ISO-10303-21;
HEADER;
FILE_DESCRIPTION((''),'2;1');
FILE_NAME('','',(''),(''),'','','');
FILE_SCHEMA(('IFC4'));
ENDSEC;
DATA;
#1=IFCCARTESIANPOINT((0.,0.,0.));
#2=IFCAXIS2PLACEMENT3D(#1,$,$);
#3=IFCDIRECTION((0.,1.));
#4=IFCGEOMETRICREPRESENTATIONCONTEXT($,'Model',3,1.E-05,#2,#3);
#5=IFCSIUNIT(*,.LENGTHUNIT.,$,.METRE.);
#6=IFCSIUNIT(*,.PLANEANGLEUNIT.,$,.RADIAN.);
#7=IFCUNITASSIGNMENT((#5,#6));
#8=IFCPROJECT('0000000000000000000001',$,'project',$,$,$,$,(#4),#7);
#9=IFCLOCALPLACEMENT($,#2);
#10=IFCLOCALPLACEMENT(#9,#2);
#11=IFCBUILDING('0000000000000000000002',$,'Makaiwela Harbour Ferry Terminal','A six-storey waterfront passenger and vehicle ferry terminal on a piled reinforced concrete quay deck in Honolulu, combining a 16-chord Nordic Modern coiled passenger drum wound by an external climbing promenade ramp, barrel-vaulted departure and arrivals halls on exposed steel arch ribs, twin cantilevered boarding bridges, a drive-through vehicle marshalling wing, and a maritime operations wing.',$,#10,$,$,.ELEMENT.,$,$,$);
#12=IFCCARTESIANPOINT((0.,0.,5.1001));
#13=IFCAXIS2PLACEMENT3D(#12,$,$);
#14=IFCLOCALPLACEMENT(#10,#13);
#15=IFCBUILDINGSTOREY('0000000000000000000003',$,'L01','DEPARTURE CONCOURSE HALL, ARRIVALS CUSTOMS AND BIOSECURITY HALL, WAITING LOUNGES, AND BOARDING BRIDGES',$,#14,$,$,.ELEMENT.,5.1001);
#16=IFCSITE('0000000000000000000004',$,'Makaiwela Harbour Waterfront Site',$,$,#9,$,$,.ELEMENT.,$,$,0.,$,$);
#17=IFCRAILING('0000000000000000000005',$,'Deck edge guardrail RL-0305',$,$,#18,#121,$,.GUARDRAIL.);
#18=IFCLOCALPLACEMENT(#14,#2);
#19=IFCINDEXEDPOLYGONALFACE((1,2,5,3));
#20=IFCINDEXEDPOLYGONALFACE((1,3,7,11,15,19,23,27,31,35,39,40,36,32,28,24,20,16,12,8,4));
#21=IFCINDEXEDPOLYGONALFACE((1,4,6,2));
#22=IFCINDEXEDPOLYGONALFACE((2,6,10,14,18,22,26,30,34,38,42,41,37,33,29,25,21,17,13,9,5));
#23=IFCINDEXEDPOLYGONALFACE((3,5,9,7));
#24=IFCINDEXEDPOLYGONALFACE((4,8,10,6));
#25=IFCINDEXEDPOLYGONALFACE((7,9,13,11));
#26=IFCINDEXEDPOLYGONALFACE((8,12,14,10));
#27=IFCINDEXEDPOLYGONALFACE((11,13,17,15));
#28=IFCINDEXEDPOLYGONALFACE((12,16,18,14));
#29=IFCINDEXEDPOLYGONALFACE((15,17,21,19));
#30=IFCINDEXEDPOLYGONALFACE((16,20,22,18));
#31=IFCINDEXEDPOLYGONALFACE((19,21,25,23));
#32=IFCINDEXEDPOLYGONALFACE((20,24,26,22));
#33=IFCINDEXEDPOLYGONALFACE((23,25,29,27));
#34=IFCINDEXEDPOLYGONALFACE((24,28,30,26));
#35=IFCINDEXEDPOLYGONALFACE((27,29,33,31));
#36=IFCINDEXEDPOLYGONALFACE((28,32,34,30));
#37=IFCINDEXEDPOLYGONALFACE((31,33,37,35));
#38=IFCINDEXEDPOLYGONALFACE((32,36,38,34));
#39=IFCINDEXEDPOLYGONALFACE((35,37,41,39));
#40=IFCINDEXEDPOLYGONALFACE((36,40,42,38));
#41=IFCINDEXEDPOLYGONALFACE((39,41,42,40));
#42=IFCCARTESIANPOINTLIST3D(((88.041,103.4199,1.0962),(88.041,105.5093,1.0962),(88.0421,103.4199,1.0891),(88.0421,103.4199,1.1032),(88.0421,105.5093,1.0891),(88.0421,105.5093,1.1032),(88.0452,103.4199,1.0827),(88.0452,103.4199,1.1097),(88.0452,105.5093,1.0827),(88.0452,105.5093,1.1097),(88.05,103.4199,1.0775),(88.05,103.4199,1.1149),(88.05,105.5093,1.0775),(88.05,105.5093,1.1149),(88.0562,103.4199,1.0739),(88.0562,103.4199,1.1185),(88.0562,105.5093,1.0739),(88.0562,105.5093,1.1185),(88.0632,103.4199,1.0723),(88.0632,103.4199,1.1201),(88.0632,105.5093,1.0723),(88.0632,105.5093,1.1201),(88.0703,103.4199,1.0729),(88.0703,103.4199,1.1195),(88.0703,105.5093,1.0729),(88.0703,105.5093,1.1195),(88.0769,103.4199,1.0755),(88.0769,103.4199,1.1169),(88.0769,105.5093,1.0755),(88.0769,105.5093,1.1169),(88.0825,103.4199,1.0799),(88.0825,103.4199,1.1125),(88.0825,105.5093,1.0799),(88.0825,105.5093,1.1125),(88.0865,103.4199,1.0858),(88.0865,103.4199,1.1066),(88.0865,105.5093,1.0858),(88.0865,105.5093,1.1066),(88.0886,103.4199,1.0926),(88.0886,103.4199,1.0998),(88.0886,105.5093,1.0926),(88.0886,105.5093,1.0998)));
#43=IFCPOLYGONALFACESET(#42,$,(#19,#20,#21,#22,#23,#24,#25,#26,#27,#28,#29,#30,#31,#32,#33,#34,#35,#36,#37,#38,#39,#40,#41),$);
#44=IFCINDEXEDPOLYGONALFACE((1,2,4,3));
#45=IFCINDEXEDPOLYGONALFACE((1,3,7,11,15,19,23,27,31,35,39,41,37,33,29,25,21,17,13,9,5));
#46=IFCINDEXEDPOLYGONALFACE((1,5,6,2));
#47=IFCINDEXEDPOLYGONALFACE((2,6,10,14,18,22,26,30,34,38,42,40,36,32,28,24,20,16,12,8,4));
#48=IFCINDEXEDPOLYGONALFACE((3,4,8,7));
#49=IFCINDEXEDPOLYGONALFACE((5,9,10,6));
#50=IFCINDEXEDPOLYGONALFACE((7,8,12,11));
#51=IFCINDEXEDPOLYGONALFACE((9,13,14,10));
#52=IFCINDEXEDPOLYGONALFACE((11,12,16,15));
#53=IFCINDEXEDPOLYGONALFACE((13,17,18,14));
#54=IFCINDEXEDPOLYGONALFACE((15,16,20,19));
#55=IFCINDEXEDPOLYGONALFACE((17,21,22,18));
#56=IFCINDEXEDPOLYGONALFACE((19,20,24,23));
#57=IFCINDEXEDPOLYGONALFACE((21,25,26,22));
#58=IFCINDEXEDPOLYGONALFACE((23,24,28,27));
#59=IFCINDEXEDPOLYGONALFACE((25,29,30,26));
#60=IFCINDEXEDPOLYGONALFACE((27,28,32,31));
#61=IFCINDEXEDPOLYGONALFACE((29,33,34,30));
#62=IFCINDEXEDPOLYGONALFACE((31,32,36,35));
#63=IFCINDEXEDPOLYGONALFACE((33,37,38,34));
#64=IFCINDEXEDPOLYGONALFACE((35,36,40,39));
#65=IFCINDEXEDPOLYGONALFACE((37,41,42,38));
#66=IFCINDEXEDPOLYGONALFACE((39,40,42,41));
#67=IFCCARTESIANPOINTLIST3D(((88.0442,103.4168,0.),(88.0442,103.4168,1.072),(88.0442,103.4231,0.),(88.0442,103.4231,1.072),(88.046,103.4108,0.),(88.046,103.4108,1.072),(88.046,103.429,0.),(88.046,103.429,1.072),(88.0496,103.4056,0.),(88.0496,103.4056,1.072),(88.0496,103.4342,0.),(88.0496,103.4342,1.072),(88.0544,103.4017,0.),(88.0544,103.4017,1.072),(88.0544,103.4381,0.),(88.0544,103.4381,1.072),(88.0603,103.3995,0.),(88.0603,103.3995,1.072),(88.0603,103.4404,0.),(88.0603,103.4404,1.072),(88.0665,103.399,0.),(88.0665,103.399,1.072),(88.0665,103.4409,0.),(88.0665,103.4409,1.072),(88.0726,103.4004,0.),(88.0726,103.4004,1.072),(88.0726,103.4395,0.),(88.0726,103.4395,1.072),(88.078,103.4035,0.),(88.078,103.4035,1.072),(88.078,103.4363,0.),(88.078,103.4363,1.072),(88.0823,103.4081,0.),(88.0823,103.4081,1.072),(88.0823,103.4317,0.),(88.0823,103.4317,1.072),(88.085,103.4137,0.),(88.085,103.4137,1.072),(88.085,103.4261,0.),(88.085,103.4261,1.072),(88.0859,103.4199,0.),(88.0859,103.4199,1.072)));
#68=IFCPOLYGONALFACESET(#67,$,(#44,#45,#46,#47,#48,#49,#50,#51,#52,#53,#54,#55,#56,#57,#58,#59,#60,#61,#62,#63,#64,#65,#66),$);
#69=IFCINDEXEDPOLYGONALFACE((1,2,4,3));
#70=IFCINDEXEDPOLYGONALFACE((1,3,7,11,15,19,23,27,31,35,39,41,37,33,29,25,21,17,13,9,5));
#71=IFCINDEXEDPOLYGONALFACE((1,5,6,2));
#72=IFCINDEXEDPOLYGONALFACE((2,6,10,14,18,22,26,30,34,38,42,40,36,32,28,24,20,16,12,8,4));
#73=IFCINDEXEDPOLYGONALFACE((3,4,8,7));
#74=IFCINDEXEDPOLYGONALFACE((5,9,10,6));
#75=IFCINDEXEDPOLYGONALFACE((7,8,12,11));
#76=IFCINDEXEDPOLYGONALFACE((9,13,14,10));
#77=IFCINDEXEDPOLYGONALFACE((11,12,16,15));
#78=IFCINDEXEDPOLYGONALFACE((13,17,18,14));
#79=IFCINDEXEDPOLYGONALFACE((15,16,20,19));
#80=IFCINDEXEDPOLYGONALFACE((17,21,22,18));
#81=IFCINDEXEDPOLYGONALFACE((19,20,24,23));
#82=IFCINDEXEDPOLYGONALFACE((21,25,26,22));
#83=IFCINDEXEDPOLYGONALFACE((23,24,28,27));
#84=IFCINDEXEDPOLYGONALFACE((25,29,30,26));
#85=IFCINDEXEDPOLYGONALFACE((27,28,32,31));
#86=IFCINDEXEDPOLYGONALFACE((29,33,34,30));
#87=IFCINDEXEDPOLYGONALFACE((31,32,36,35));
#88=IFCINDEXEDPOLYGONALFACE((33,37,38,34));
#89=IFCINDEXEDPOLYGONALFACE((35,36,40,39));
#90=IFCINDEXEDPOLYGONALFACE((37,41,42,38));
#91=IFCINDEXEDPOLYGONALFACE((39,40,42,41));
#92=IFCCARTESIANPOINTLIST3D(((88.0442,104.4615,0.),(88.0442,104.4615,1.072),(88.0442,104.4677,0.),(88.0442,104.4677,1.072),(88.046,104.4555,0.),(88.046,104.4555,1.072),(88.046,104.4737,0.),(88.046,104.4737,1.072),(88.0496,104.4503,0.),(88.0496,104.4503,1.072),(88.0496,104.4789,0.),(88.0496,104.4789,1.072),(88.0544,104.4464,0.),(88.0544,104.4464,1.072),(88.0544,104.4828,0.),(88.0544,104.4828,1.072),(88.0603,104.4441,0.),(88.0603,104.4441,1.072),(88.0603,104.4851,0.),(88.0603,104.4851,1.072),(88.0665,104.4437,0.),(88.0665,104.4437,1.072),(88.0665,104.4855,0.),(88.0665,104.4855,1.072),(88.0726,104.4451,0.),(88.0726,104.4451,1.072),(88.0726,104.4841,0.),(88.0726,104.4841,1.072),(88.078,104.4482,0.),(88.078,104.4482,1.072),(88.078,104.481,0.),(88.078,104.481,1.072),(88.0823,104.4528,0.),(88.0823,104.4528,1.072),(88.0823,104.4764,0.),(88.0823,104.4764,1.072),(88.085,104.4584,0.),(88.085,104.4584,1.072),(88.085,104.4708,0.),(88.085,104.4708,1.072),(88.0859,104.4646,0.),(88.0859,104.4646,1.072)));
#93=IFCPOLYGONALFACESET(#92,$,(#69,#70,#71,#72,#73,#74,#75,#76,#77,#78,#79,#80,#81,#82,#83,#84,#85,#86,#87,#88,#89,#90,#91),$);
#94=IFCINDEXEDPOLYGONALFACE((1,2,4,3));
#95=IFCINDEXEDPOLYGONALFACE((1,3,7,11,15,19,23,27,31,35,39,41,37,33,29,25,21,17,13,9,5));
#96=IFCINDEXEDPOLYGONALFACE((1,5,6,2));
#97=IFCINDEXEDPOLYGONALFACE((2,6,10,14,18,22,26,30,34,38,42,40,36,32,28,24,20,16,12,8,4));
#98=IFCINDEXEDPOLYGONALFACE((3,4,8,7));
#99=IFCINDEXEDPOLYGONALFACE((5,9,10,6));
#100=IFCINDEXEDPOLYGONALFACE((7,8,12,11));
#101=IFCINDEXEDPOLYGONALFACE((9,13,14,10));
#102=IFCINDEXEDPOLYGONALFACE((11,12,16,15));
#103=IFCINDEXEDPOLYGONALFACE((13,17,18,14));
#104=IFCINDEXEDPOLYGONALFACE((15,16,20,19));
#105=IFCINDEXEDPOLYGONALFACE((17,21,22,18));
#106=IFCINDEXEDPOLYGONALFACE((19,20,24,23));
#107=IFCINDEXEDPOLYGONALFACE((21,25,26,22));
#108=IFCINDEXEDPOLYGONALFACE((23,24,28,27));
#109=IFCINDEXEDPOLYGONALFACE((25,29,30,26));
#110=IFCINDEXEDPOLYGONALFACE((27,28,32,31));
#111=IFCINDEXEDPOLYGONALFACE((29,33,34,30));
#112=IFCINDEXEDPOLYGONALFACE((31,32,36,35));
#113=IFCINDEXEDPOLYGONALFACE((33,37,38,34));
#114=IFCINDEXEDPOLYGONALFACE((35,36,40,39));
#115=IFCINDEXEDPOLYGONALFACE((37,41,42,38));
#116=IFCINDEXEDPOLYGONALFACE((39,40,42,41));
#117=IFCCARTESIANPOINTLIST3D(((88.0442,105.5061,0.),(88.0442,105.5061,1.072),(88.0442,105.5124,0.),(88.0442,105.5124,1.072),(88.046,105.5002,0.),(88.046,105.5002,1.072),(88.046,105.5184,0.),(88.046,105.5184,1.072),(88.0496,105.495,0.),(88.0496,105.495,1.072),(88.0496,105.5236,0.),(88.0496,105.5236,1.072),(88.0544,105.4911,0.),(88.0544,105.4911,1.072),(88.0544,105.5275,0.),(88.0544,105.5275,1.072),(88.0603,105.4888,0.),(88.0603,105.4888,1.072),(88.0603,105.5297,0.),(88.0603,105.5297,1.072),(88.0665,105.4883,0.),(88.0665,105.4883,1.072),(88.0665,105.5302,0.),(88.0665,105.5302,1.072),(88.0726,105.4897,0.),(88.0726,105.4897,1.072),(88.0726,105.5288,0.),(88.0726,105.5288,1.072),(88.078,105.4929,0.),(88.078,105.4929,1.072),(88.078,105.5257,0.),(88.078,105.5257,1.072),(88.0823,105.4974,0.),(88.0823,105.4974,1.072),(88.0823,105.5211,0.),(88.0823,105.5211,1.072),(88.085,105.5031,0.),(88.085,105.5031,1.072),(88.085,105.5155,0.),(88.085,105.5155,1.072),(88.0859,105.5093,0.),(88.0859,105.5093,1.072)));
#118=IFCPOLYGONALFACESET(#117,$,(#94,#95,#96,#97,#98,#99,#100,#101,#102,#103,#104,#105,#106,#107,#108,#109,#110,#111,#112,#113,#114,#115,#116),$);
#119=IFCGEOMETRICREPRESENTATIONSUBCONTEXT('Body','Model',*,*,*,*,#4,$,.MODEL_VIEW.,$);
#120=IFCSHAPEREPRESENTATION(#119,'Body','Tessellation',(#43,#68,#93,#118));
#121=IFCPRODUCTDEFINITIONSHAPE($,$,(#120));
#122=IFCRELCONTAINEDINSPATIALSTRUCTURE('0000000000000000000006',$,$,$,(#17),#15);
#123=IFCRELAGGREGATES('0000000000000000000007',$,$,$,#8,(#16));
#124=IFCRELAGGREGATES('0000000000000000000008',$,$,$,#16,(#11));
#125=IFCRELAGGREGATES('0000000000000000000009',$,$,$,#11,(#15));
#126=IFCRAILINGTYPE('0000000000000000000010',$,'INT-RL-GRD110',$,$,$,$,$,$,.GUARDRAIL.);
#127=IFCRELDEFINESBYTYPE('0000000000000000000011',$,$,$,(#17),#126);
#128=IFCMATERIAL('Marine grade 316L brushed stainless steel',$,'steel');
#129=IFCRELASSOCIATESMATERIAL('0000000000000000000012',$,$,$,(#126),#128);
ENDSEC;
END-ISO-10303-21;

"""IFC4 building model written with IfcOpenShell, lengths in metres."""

from ifc_helpers import new_model, si_unit, direction, frame, origin, origin_2d, place, context, subcontext, project, spatial, circle, extrude, material, type_object, element, save


model = new_model("IFC4")

# Units and contexts
model_context = context("Model", 3, precision=1e-05, world=origin(), true_north=direction((0.0, 1.0)))
body_context = subcontext(model_context, "Body", "Model", "MODEL_VIEW")
ifc_project = project(units=[si_unit("LENGTHUNIT", "METRE"), si_unit("PLANEANGLEUNIT", "RADIAN")], contexts=[model_context])

# Site, building, storey
site_placement = place(None, origin())
site = spatial("IfcSite", under=ifc_project, at=site_placement, Name="Makaiwela Harbour Waterfront Site", CompositionType="ELEMENT", RefElevation=0.0)
building_placement = place(site_placement, origin())
building = spatial("IfcBuilding", under=site, at=building_placement, Name="Makaiwela Harbour Ferry Terminal", Description="A six-storey waterfront passenger and vehicle ferry terminal on a piled reinforced concrete quay deck in Honolulu, combining a 16-chord Nordic Modern coiled passenger drum wound by an external climbing promenade ramp, barrel-vaulted departure and arrivals halls on exposed steel arch ribs, twin cantilevered boarding bridges, a drive-through vehicle marshalling wing, and a maritime operations wing.", CompositionType="ELEMENT")
storey_placement = place(building_placement, frame((0.0, 0.0, 5.1001)))
storey = spatial("IfcBuildingStorey", under=building, at=storey_placement, Name="L01", Description="DEPARTURE CONCOURSE HALL, ARRIVALS CUSTOMS AND BIOSECURITY HALL, WAITING LOUNGES, AND BOARDING BRIDGES", CompositionType="ELEMENT", Elevation=5.1001)

# Railing
ifc_material_1 = material(Name="Marine grade 316L brushed stainless steel", Category="steel")
railing_type = type_object("IfcRailingType", Name="INT-RL-GRD110", PredefinedType="GUARDRAIL", material=ifc_material_1)
railing_1_placement = place(storey_placement, frame((88.0649, 103.4199, 0.0)))
element("IfcRailing", 1, at=railing_1_placement, inside=storey, type_object=railing_type, Name="Deck edge guardrail RL-0305", PredefinedType="GUARDRAIL", context=body_context, shape_type="SweptSolid", body=[
    extrude(circle(Radius=0.0239, at=origin_2d()), frame((0.0, 0.0, 1.0962), z_axis=(0.0, 1.0, 0.0), x_axis=(-1.0, 0.0, 0.0)), (0.0, 0.0, 1.0), 2.0894),
    extrude(circle(Radius=0.021, at=origin_2d()), origin(), (0.0, 0.0, 1.0), 1.072),
    extrude(circle(Radius=0.021, at=origin_2d()), frame((0.0, 1.0447, 0.0)), (0.0, 0.0, 1.0), 1.072),
    extrude(circle(Radius=0.021, at=origin_2d()), frame((0.0, 2.0894, 0.0)), (0.0, 0.0, 1.0), 1.072),
])

save(model, "model.ifc")
